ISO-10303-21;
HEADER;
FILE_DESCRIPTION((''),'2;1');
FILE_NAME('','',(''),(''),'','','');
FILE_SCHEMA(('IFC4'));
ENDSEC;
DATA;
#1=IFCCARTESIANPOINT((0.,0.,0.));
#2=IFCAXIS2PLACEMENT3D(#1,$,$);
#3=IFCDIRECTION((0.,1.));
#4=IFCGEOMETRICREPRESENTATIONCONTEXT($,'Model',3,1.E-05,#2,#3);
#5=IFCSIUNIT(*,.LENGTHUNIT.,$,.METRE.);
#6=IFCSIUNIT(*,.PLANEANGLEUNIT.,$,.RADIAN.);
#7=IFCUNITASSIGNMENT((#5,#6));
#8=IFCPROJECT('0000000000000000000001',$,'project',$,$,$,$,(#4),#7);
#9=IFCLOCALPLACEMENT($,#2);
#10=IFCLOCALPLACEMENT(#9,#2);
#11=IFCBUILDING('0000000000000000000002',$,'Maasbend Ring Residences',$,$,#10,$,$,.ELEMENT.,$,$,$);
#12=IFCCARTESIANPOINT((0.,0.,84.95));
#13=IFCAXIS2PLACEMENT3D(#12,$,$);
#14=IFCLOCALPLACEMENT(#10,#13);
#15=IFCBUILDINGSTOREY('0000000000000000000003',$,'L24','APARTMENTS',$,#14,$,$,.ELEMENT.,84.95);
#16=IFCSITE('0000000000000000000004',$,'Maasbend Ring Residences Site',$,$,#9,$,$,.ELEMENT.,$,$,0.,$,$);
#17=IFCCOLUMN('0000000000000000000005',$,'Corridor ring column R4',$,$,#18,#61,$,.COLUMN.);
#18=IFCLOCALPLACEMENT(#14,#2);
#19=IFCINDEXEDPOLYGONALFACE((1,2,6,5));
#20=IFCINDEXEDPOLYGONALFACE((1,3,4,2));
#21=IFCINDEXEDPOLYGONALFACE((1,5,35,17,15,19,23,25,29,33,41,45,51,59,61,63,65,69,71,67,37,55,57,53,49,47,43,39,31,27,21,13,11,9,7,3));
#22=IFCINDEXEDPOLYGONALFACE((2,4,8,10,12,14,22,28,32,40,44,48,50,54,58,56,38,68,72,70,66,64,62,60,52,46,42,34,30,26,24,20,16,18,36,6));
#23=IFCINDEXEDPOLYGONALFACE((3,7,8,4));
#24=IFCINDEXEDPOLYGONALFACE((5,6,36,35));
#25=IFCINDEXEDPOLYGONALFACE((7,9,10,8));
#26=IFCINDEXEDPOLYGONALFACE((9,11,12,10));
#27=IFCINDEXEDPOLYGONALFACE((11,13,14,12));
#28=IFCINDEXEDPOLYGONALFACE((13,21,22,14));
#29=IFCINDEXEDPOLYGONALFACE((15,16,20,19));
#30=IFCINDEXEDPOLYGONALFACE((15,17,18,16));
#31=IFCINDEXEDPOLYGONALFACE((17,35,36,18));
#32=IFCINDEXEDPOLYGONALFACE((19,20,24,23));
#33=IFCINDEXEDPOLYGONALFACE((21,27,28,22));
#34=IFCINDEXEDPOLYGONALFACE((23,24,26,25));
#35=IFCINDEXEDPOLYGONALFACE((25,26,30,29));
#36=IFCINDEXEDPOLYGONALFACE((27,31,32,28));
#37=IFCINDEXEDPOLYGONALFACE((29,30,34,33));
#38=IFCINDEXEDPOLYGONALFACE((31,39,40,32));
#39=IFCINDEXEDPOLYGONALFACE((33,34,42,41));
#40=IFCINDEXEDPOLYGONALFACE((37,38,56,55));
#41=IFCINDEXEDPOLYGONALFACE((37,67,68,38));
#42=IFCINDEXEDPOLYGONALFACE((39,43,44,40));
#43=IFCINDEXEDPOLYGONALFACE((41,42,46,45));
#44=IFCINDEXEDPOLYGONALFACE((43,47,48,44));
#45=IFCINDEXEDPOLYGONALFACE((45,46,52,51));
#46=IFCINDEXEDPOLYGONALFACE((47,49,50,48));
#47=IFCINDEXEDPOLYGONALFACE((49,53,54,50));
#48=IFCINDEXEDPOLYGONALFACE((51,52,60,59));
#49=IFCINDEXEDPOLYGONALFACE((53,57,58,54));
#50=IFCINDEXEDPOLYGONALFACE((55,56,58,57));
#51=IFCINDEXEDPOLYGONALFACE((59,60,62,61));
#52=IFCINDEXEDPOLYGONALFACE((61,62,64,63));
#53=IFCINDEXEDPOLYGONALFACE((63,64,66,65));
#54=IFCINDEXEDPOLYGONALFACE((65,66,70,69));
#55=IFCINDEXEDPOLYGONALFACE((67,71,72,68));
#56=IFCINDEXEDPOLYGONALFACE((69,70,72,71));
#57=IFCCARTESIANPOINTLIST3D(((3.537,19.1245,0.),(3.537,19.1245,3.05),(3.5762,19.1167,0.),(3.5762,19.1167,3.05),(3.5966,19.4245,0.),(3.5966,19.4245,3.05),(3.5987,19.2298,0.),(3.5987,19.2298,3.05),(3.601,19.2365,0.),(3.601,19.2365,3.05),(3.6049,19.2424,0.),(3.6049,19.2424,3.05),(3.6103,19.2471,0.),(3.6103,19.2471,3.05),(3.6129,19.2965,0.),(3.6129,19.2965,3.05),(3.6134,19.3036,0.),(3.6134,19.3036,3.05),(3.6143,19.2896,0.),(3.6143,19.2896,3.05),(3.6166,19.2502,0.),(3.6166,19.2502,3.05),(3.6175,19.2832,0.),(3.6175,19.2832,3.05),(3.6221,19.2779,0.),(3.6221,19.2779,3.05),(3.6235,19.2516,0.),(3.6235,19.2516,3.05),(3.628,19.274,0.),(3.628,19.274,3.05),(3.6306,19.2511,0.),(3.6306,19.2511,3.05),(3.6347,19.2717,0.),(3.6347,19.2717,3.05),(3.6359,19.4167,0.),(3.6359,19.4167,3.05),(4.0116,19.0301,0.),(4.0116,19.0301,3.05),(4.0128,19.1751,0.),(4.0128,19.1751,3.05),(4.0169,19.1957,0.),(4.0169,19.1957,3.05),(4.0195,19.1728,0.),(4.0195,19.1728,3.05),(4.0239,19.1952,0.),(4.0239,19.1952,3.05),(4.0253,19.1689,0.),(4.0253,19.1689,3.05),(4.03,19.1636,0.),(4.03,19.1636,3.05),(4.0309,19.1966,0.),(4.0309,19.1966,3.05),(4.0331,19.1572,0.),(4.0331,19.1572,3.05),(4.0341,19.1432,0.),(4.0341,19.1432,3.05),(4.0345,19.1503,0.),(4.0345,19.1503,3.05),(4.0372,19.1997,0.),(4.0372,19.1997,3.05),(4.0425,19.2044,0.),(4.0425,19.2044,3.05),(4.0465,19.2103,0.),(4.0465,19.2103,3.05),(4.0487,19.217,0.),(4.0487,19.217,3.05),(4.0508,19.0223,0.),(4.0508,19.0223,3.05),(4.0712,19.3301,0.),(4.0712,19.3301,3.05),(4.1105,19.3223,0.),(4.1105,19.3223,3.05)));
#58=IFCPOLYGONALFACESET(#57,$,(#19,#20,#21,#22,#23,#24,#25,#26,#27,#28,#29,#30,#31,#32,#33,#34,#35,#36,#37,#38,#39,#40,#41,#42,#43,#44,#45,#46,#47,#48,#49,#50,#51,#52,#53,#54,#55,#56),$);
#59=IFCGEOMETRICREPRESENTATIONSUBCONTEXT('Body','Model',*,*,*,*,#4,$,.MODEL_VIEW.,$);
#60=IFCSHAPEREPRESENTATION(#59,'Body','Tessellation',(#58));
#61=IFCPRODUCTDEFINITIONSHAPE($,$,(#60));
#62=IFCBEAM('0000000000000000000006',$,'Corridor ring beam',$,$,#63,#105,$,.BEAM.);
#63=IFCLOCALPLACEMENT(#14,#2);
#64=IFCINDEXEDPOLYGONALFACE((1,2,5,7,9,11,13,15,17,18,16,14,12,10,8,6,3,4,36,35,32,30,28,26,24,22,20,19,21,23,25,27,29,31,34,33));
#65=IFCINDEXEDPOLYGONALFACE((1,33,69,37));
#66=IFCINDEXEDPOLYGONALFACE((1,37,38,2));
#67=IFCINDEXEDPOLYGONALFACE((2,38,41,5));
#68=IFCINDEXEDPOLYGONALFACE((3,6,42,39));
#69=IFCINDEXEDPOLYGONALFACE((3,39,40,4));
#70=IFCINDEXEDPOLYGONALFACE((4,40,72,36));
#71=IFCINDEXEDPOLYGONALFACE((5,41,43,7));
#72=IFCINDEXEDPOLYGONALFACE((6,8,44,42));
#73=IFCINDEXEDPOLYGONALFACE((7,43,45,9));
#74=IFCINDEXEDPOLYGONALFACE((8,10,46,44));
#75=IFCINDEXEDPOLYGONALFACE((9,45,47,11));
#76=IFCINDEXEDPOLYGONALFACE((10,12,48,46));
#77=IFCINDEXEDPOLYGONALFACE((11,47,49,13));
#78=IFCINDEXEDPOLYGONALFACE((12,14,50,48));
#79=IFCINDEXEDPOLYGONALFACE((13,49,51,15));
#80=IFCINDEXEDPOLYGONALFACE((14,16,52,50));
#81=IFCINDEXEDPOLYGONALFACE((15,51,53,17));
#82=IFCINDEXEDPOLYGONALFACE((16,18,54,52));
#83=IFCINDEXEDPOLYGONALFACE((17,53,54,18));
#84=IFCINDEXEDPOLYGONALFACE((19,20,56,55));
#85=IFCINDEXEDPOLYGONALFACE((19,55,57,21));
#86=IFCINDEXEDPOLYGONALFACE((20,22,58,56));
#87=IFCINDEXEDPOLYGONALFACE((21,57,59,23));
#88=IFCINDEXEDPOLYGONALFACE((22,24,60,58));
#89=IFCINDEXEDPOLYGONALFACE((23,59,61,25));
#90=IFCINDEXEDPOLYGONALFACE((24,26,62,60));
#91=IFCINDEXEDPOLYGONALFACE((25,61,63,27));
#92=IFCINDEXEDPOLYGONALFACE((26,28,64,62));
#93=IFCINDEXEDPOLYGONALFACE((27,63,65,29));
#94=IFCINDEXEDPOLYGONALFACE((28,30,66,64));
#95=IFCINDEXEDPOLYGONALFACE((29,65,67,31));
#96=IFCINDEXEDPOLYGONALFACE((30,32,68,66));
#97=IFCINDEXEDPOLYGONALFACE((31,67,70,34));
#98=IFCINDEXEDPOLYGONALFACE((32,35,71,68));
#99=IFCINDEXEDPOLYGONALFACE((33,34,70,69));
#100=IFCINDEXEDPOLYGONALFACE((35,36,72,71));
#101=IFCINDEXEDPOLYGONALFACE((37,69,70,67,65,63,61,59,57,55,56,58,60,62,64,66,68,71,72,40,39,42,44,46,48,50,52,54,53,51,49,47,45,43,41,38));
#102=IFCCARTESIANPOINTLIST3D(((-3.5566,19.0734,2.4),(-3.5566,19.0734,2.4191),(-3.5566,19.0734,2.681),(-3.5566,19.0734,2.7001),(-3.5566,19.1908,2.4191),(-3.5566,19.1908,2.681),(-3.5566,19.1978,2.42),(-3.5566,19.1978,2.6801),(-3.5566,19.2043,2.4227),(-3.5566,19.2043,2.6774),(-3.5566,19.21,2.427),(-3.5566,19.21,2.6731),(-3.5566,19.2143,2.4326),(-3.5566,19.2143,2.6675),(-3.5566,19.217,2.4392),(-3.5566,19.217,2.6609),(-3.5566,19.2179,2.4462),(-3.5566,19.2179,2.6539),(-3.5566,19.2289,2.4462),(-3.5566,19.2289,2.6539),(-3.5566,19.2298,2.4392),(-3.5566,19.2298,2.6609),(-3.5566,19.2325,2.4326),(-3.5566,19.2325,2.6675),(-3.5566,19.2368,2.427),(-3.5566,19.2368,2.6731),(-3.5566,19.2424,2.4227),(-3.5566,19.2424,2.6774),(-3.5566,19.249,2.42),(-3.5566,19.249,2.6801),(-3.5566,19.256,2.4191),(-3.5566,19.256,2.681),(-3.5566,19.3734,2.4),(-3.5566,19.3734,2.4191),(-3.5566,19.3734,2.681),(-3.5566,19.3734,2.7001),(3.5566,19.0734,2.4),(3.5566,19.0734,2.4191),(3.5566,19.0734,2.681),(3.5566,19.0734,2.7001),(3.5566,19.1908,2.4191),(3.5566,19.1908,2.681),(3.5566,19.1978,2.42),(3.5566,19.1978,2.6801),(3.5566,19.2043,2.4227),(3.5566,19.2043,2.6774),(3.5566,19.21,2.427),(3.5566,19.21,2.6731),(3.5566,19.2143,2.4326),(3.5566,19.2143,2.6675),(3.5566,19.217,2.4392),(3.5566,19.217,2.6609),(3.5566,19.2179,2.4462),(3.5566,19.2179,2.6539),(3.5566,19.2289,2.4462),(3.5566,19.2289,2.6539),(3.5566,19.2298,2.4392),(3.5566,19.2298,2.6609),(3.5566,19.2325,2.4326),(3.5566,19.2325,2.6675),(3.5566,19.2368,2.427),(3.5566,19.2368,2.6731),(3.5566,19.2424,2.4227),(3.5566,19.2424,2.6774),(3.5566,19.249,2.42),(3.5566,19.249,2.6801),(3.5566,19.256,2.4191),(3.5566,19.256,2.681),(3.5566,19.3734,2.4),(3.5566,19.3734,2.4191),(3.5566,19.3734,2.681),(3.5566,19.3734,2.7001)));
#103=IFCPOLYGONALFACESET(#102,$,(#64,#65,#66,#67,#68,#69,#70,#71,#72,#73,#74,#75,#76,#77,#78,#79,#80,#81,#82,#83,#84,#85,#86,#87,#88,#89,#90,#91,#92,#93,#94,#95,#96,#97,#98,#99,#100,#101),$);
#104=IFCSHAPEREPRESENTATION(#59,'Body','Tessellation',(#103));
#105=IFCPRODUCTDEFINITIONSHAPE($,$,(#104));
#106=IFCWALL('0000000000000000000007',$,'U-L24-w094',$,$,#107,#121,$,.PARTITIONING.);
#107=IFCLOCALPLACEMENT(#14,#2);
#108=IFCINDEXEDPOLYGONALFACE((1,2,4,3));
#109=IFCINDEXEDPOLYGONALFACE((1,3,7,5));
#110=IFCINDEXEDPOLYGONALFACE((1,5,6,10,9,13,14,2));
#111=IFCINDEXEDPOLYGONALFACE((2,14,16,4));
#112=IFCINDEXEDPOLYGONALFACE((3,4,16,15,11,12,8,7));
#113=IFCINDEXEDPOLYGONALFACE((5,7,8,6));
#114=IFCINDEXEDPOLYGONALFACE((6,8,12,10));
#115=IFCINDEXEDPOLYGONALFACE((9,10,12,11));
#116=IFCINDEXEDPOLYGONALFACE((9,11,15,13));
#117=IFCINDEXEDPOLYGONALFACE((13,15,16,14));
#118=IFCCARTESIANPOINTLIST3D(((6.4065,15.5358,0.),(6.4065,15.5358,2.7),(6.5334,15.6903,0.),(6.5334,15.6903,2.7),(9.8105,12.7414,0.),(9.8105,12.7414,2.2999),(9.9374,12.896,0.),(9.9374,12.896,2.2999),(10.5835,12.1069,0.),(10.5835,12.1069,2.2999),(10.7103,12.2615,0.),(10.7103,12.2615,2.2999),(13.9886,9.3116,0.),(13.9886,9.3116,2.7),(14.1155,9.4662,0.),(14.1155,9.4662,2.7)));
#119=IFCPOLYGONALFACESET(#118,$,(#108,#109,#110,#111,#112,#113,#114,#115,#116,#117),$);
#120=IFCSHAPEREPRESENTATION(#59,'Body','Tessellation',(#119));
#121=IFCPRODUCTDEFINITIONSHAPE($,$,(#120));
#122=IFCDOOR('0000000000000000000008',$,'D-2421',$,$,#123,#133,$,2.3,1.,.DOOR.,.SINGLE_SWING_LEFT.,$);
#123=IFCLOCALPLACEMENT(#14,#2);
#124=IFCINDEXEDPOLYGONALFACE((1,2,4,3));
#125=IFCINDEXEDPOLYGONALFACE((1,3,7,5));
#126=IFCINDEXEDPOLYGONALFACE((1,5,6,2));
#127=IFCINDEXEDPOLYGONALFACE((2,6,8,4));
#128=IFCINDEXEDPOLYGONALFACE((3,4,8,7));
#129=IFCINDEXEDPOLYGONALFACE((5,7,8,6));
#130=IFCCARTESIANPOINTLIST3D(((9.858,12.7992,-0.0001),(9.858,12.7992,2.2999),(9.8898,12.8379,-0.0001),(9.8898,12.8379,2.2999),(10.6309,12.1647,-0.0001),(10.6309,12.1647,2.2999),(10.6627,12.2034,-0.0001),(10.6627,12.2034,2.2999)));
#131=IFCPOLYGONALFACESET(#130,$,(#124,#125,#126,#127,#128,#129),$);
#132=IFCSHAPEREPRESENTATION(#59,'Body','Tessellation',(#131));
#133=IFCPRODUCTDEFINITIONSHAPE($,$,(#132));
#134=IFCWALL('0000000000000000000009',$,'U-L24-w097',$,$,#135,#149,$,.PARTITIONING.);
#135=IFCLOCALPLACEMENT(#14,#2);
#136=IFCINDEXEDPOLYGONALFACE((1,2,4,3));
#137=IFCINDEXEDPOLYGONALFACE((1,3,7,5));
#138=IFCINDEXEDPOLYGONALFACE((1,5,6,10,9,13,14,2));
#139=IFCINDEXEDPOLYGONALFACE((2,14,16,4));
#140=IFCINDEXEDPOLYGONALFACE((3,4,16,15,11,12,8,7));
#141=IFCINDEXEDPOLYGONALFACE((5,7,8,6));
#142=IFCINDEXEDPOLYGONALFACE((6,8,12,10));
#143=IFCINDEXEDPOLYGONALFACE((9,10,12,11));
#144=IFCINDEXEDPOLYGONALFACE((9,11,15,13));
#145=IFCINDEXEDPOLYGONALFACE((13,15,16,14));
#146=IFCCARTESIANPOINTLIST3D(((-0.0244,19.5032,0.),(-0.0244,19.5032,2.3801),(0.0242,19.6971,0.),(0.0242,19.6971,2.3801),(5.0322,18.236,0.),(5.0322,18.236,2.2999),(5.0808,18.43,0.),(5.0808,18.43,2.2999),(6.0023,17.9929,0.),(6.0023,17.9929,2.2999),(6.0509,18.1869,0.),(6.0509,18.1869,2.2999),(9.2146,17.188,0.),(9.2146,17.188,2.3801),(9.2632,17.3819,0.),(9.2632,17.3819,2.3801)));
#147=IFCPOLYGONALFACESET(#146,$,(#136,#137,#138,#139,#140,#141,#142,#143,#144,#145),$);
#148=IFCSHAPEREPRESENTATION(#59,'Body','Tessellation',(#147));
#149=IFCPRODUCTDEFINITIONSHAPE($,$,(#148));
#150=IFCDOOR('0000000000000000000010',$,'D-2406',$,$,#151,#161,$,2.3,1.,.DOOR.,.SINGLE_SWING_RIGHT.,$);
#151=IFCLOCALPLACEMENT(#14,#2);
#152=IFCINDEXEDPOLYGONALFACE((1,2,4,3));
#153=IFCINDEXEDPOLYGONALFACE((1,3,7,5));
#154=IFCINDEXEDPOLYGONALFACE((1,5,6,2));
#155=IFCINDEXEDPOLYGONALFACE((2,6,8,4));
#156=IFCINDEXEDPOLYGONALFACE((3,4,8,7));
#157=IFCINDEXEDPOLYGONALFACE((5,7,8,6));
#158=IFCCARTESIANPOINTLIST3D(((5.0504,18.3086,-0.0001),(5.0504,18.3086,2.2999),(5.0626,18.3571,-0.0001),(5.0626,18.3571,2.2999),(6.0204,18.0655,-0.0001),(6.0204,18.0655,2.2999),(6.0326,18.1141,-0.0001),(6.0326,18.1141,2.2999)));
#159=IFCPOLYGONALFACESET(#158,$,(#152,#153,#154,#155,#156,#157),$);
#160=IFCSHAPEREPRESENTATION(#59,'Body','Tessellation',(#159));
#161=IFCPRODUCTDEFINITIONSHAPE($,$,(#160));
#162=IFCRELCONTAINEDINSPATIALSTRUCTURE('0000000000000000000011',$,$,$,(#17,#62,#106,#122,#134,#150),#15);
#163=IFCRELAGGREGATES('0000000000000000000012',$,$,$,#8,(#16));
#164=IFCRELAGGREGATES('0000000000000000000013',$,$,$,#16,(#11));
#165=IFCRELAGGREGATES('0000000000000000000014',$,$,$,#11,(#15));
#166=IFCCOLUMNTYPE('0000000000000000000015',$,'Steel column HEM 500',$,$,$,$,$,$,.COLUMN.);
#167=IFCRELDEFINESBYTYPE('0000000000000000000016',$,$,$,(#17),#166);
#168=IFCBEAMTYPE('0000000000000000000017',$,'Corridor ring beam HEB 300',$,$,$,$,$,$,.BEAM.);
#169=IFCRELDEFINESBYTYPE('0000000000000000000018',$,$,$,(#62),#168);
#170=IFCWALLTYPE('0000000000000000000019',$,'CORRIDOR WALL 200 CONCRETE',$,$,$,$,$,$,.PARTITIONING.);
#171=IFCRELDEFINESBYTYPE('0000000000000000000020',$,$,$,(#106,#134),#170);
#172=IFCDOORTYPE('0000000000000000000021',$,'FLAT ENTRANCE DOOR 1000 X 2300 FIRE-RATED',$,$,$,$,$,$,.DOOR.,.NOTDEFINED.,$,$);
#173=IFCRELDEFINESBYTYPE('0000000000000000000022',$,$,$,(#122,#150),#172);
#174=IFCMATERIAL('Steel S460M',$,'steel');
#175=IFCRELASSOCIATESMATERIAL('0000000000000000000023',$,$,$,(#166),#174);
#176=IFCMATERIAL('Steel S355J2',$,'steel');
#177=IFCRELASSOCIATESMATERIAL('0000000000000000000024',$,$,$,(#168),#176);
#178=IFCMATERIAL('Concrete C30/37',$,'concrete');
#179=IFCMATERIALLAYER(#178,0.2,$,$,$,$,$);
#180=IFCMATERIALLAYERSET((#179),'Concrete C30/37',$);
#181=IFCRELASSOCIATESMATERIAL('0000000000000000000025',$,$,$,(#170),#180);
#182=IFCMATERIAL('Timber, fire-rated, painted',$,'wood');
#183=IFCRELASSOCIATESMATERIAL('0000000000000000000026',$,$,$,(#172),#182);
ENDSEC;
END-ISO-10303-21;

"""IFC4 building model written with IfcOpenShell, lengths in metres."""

from ifc_helpers import new_model, si_unit, direction, frame, frame_2d, origin, origin_2d, place, context, subcontext, project, spatial, rectangle, i_section, extrude, material, layer, layer_set, material_profile, profile_set, type_object, element, fill, save


model = new_model("IFC4")

# Units and contexts
model_context = context("Model", 3, precision=1e-05, world=origin(), true_north=direction((0.0, 1.0)))
body_context = subcontext(model_context, "Body", "Model", "MODEL_VIEW")
ifc_project = project(units=[si_unit("LENGTHUNIT", "METRE"), si_unit("PLANEANGLEUNIT", "RADIAN")], contexts=[model_context])

# Site, building, storey
site_placement = place(None, origin())
site = spatial("IfcSite", under=ifc_project, at=site_placement, Name="Maasbend Ring Residences Site", CompositionType="ELEMENT", RefElevation=0.0)
building_placement = place(site_placement, origin())
building = spatial("IfcBuilding", under=site, at=building_placement, Name="Maasbend Ring Residences", CompositionType="ELEMENT")
storey_placement = place(building_placement, frame((0.0, 0.0, 84.95)))
storey = spatial("IfcBuildingStorey", under=building, at=storey_placement, Name="L24", Description="APARTMENTS", CompositionType="ELEMENT", Elevation=84.95)

# Column
ifc_material_1 = material(Name="Steel S460M", Category="steel")
ifc_material_profile_1 = material_profile(ifc_material_1, i_section(OverallWidth=0.3059, OverallDepth=0.5239, WebThickness=0.021, FlangeThickness=0.04, FilletRadius=0.0271, at=origin_2d()), Name="HEM 500")
ifc_profile_set_1 = profile_set([ifc_material_profile_1], Name="Steel S460M")
column_type = type_object("IfcColumnType", Name="Steel column HEM 500", PredefinedType="COLUMN", material=ifc_profile_set_1)
column_placement = place(storey_placement, frame((3.8237, 19.2234, 0.0), z_axis=(0.0, 0.0, 1.0), x_axis=(0.19509, 0.980785, 0.0)))
element("IfcColumn", 1, at=column_placement, inside=storey, type_object=column_type, Name="Corridor ring column R4", PredefinedType="COLUMN", context=body_context, shape_type="SweptSolid", body=[
    extrude(i_section(OverallWidth=0.3059, OverallDepth=0.5239, WebThickness=0.021, FlangeThickness=0.04, FilletRadius=0.0271, at=origin_2d()), origin(), (0.0, 0.0, 1.0), 3.05),
])

# Beam
ifc_material_2 = material(Name="Steel S355J2", Category="steel")
ifc_material_profile_2 = material_profile(ifc_material_2, i_section(OverallWidth=0.3, OverallDepth=0.3, WebThickness=0.011, FlangeThickness=0.019, FilletRadius=0.0271, at=origin_2d()), Name="HEB 300")
ifc_profile_set_2 = profile_set([ifc_material_profile_2], Name="Steel S355J2")
beam_type = type_object("IfcBeamType", Name="Corridor ring beam HEB 300", PredefinedType="BEAM", material=ifc_profile_set_2)
beam_placement = place(storey_placement, frame((3.5566, 19.2234, 2.55), z_axis=(-1.0, 0.0, 0.0), x_axis=(0.0, -1.0, 0.0)))
element("IfcBeam", 2, at=beam_placement, inside=storey, type_object=beam_type, Name="Corridor ring beam", PredefinedType="BEAM", context=body_context, shape_type="SweptSolid", body=[
    extrude(i_section(OverallWidth=0.3, OverallDepth=0.3, WebThickness=0.011, FlangeThickness=0.019, FilletRadius=0.0271, at=origin_2d()), origin(), (0.0, 0.0, 1.0), 7.1133),
])

# Walls, openings, doors
ifc_material_3 = material(Name="Concrete C30/37", Category="concrete")
ifc_layer_1 = layer(ifc_material_3, 0.2)
ifc_layer_set_1 = layer_set([ifc_layer_1], Name="Concrete C30/37")
wall_type_1 = type_object("IfcWallType", Name="CORRIDOR WALL 200 CONCRETE", PredefinedType="PARTITIONING", material=ifc_layer_set_1)
wall_1_placement = place(storey_placement, frame((6.47, 15.613, 0.0), z_axis=(0.0, 0.0, 1.0), x_axis=(0.772925, -0.634497, 0.0)))
wall_1 = element("IfcWall", 3, at=wall_1_placement, inside=storey, type_object=wall_type_1, Name="U-L24-w094", PredefinedType="PARTITIONING", context=body_context, shape_type="SweptSolid", body=[
    extrude(rectangle(XDim=9.8096, YDim=0.2, at=frame_2d((4.9048, 0.0))), origin(), (0.0, 0.0, 1.0), 2.7),
])
opening_1_placement = place(wall_1_placement, frame((4.4041, 0.0, 0.0)))
opening_1 = element("IfcOpeningElement", 4, at=opening_1_placement, cuts=wall_1, PredefinedType="OPENING", context=body_context, shape_type="SweptSolid", body=[
    extrude(rectangle(XDim=1.0, YDim=2.3, at=frame_2d((0.5, 1.1499))), frame((0.0, 0.1099, 0.0), z_axis=(0.0, -1.0, 0.0), x_axis=(1.0, 0.0, 0.0)), (0.0, 0.0, 1.0), 0.22),
])
ifc_material_4 = material(Name="Timber, fire-rated, painted", Category="wood")
door_type_1 = type_object("IfcDoorType", Name="FLAT ENTRANCE DOOR 1000 X 2300 FIRE-RATED", OperationType="NOTDEFINED", PredefinedType="DOOR", material=ifc_material_4)
door_1_placement = place(opening_1_placement, origin())
door_1 = element("IfcDoor", 5, at=door_1_placement, inside=storey, type_object=door_type_1, Name="D-2421", OperationType="SINGLE_SWING_LEFT", OverallHeight=2.3, OverallWidth=1.0, PredefinedType="DOOR", context=body_context, shape_type="SweptSolid", body=[
    extrude(rectangle(XDim=1.0, YDim=2.3, at=frame_2d((0.5, 1.1499))), frame((0.0, 0.0249, 0.0), z_axis=(0.0, -1.0, 0.0), x_axis=(1.0, 0.0, 0.0)), (0.0, 0.0, 1.0), 0.05),
])
fill(opening_1, door_1)
wall_2_placement = place(storey_placement, frame((0.0, 19.6001, 0.0), z_axis=(0.0, 0.0, 1.0), x_axis=(0.970008, -0.243072, 0.0)))
wall_2 = element("IfcWall", 6, at=wall_2_placement, inside=storey, type_object=wall_type_1, Name="U-L24-w097", PredefinedType="PARTITIONING", context=body_context, shape_type="SweptSolid", body=[
    extrude(rectangle(XDim=9.5247, YDim=0.2, at=frame_2d((4.7622, 0.0))), origin(), (0.0, 0.0, 1.0), 2.3801),
])
opening_2_placement = place(wall_2_placement, frame((5.2129, 0.0, 0.0)))
opening_2 = element("IfcOpeningElement", 7, at=opening_2_placement, cuts=wall_2, PredefinedType="OPENING", context=body_context, shape_type="SweptSolid", body=[
    extrude(rectangle(XDim=1.0, YDim=2.3, at=frame_2d((0.5, 1.1499))), frame((0.0, 0.1099, 0.0), z_axis=(0.0, -1.0, 0.0), x_axis=(1.0, 0.0, 0.0)), (0.0, 0.0, 1.0), 0.22),
])
door_2_placement = place(opening_2_placement, origin())
door_2 = element("IfcDoor", 8, at=door_2_placement, inside=storey, type_object=door_type_1, Name="D-2406", OperationType="SINGLE_SWING_RIGHT", OverallHeight=2.3, OverallWidth=1.0, PredefinedType="DOOR", context=body_context, shape_type="SweptSolid", body=[
    extrude(rectangle(XDim=1.0, YDim=2.3, at=frame_2d((0.5, 1.1499))), frame((0.0, 0.0249, 0.0), z_axis=(0.0, -1.0, 0.0), x_axis=(1.0, 0.0, 0.0)), (0.0, 0.0, 1.0), 0.05),
])
fill(opening_2, door_2)

save(model, "model.ifc")
